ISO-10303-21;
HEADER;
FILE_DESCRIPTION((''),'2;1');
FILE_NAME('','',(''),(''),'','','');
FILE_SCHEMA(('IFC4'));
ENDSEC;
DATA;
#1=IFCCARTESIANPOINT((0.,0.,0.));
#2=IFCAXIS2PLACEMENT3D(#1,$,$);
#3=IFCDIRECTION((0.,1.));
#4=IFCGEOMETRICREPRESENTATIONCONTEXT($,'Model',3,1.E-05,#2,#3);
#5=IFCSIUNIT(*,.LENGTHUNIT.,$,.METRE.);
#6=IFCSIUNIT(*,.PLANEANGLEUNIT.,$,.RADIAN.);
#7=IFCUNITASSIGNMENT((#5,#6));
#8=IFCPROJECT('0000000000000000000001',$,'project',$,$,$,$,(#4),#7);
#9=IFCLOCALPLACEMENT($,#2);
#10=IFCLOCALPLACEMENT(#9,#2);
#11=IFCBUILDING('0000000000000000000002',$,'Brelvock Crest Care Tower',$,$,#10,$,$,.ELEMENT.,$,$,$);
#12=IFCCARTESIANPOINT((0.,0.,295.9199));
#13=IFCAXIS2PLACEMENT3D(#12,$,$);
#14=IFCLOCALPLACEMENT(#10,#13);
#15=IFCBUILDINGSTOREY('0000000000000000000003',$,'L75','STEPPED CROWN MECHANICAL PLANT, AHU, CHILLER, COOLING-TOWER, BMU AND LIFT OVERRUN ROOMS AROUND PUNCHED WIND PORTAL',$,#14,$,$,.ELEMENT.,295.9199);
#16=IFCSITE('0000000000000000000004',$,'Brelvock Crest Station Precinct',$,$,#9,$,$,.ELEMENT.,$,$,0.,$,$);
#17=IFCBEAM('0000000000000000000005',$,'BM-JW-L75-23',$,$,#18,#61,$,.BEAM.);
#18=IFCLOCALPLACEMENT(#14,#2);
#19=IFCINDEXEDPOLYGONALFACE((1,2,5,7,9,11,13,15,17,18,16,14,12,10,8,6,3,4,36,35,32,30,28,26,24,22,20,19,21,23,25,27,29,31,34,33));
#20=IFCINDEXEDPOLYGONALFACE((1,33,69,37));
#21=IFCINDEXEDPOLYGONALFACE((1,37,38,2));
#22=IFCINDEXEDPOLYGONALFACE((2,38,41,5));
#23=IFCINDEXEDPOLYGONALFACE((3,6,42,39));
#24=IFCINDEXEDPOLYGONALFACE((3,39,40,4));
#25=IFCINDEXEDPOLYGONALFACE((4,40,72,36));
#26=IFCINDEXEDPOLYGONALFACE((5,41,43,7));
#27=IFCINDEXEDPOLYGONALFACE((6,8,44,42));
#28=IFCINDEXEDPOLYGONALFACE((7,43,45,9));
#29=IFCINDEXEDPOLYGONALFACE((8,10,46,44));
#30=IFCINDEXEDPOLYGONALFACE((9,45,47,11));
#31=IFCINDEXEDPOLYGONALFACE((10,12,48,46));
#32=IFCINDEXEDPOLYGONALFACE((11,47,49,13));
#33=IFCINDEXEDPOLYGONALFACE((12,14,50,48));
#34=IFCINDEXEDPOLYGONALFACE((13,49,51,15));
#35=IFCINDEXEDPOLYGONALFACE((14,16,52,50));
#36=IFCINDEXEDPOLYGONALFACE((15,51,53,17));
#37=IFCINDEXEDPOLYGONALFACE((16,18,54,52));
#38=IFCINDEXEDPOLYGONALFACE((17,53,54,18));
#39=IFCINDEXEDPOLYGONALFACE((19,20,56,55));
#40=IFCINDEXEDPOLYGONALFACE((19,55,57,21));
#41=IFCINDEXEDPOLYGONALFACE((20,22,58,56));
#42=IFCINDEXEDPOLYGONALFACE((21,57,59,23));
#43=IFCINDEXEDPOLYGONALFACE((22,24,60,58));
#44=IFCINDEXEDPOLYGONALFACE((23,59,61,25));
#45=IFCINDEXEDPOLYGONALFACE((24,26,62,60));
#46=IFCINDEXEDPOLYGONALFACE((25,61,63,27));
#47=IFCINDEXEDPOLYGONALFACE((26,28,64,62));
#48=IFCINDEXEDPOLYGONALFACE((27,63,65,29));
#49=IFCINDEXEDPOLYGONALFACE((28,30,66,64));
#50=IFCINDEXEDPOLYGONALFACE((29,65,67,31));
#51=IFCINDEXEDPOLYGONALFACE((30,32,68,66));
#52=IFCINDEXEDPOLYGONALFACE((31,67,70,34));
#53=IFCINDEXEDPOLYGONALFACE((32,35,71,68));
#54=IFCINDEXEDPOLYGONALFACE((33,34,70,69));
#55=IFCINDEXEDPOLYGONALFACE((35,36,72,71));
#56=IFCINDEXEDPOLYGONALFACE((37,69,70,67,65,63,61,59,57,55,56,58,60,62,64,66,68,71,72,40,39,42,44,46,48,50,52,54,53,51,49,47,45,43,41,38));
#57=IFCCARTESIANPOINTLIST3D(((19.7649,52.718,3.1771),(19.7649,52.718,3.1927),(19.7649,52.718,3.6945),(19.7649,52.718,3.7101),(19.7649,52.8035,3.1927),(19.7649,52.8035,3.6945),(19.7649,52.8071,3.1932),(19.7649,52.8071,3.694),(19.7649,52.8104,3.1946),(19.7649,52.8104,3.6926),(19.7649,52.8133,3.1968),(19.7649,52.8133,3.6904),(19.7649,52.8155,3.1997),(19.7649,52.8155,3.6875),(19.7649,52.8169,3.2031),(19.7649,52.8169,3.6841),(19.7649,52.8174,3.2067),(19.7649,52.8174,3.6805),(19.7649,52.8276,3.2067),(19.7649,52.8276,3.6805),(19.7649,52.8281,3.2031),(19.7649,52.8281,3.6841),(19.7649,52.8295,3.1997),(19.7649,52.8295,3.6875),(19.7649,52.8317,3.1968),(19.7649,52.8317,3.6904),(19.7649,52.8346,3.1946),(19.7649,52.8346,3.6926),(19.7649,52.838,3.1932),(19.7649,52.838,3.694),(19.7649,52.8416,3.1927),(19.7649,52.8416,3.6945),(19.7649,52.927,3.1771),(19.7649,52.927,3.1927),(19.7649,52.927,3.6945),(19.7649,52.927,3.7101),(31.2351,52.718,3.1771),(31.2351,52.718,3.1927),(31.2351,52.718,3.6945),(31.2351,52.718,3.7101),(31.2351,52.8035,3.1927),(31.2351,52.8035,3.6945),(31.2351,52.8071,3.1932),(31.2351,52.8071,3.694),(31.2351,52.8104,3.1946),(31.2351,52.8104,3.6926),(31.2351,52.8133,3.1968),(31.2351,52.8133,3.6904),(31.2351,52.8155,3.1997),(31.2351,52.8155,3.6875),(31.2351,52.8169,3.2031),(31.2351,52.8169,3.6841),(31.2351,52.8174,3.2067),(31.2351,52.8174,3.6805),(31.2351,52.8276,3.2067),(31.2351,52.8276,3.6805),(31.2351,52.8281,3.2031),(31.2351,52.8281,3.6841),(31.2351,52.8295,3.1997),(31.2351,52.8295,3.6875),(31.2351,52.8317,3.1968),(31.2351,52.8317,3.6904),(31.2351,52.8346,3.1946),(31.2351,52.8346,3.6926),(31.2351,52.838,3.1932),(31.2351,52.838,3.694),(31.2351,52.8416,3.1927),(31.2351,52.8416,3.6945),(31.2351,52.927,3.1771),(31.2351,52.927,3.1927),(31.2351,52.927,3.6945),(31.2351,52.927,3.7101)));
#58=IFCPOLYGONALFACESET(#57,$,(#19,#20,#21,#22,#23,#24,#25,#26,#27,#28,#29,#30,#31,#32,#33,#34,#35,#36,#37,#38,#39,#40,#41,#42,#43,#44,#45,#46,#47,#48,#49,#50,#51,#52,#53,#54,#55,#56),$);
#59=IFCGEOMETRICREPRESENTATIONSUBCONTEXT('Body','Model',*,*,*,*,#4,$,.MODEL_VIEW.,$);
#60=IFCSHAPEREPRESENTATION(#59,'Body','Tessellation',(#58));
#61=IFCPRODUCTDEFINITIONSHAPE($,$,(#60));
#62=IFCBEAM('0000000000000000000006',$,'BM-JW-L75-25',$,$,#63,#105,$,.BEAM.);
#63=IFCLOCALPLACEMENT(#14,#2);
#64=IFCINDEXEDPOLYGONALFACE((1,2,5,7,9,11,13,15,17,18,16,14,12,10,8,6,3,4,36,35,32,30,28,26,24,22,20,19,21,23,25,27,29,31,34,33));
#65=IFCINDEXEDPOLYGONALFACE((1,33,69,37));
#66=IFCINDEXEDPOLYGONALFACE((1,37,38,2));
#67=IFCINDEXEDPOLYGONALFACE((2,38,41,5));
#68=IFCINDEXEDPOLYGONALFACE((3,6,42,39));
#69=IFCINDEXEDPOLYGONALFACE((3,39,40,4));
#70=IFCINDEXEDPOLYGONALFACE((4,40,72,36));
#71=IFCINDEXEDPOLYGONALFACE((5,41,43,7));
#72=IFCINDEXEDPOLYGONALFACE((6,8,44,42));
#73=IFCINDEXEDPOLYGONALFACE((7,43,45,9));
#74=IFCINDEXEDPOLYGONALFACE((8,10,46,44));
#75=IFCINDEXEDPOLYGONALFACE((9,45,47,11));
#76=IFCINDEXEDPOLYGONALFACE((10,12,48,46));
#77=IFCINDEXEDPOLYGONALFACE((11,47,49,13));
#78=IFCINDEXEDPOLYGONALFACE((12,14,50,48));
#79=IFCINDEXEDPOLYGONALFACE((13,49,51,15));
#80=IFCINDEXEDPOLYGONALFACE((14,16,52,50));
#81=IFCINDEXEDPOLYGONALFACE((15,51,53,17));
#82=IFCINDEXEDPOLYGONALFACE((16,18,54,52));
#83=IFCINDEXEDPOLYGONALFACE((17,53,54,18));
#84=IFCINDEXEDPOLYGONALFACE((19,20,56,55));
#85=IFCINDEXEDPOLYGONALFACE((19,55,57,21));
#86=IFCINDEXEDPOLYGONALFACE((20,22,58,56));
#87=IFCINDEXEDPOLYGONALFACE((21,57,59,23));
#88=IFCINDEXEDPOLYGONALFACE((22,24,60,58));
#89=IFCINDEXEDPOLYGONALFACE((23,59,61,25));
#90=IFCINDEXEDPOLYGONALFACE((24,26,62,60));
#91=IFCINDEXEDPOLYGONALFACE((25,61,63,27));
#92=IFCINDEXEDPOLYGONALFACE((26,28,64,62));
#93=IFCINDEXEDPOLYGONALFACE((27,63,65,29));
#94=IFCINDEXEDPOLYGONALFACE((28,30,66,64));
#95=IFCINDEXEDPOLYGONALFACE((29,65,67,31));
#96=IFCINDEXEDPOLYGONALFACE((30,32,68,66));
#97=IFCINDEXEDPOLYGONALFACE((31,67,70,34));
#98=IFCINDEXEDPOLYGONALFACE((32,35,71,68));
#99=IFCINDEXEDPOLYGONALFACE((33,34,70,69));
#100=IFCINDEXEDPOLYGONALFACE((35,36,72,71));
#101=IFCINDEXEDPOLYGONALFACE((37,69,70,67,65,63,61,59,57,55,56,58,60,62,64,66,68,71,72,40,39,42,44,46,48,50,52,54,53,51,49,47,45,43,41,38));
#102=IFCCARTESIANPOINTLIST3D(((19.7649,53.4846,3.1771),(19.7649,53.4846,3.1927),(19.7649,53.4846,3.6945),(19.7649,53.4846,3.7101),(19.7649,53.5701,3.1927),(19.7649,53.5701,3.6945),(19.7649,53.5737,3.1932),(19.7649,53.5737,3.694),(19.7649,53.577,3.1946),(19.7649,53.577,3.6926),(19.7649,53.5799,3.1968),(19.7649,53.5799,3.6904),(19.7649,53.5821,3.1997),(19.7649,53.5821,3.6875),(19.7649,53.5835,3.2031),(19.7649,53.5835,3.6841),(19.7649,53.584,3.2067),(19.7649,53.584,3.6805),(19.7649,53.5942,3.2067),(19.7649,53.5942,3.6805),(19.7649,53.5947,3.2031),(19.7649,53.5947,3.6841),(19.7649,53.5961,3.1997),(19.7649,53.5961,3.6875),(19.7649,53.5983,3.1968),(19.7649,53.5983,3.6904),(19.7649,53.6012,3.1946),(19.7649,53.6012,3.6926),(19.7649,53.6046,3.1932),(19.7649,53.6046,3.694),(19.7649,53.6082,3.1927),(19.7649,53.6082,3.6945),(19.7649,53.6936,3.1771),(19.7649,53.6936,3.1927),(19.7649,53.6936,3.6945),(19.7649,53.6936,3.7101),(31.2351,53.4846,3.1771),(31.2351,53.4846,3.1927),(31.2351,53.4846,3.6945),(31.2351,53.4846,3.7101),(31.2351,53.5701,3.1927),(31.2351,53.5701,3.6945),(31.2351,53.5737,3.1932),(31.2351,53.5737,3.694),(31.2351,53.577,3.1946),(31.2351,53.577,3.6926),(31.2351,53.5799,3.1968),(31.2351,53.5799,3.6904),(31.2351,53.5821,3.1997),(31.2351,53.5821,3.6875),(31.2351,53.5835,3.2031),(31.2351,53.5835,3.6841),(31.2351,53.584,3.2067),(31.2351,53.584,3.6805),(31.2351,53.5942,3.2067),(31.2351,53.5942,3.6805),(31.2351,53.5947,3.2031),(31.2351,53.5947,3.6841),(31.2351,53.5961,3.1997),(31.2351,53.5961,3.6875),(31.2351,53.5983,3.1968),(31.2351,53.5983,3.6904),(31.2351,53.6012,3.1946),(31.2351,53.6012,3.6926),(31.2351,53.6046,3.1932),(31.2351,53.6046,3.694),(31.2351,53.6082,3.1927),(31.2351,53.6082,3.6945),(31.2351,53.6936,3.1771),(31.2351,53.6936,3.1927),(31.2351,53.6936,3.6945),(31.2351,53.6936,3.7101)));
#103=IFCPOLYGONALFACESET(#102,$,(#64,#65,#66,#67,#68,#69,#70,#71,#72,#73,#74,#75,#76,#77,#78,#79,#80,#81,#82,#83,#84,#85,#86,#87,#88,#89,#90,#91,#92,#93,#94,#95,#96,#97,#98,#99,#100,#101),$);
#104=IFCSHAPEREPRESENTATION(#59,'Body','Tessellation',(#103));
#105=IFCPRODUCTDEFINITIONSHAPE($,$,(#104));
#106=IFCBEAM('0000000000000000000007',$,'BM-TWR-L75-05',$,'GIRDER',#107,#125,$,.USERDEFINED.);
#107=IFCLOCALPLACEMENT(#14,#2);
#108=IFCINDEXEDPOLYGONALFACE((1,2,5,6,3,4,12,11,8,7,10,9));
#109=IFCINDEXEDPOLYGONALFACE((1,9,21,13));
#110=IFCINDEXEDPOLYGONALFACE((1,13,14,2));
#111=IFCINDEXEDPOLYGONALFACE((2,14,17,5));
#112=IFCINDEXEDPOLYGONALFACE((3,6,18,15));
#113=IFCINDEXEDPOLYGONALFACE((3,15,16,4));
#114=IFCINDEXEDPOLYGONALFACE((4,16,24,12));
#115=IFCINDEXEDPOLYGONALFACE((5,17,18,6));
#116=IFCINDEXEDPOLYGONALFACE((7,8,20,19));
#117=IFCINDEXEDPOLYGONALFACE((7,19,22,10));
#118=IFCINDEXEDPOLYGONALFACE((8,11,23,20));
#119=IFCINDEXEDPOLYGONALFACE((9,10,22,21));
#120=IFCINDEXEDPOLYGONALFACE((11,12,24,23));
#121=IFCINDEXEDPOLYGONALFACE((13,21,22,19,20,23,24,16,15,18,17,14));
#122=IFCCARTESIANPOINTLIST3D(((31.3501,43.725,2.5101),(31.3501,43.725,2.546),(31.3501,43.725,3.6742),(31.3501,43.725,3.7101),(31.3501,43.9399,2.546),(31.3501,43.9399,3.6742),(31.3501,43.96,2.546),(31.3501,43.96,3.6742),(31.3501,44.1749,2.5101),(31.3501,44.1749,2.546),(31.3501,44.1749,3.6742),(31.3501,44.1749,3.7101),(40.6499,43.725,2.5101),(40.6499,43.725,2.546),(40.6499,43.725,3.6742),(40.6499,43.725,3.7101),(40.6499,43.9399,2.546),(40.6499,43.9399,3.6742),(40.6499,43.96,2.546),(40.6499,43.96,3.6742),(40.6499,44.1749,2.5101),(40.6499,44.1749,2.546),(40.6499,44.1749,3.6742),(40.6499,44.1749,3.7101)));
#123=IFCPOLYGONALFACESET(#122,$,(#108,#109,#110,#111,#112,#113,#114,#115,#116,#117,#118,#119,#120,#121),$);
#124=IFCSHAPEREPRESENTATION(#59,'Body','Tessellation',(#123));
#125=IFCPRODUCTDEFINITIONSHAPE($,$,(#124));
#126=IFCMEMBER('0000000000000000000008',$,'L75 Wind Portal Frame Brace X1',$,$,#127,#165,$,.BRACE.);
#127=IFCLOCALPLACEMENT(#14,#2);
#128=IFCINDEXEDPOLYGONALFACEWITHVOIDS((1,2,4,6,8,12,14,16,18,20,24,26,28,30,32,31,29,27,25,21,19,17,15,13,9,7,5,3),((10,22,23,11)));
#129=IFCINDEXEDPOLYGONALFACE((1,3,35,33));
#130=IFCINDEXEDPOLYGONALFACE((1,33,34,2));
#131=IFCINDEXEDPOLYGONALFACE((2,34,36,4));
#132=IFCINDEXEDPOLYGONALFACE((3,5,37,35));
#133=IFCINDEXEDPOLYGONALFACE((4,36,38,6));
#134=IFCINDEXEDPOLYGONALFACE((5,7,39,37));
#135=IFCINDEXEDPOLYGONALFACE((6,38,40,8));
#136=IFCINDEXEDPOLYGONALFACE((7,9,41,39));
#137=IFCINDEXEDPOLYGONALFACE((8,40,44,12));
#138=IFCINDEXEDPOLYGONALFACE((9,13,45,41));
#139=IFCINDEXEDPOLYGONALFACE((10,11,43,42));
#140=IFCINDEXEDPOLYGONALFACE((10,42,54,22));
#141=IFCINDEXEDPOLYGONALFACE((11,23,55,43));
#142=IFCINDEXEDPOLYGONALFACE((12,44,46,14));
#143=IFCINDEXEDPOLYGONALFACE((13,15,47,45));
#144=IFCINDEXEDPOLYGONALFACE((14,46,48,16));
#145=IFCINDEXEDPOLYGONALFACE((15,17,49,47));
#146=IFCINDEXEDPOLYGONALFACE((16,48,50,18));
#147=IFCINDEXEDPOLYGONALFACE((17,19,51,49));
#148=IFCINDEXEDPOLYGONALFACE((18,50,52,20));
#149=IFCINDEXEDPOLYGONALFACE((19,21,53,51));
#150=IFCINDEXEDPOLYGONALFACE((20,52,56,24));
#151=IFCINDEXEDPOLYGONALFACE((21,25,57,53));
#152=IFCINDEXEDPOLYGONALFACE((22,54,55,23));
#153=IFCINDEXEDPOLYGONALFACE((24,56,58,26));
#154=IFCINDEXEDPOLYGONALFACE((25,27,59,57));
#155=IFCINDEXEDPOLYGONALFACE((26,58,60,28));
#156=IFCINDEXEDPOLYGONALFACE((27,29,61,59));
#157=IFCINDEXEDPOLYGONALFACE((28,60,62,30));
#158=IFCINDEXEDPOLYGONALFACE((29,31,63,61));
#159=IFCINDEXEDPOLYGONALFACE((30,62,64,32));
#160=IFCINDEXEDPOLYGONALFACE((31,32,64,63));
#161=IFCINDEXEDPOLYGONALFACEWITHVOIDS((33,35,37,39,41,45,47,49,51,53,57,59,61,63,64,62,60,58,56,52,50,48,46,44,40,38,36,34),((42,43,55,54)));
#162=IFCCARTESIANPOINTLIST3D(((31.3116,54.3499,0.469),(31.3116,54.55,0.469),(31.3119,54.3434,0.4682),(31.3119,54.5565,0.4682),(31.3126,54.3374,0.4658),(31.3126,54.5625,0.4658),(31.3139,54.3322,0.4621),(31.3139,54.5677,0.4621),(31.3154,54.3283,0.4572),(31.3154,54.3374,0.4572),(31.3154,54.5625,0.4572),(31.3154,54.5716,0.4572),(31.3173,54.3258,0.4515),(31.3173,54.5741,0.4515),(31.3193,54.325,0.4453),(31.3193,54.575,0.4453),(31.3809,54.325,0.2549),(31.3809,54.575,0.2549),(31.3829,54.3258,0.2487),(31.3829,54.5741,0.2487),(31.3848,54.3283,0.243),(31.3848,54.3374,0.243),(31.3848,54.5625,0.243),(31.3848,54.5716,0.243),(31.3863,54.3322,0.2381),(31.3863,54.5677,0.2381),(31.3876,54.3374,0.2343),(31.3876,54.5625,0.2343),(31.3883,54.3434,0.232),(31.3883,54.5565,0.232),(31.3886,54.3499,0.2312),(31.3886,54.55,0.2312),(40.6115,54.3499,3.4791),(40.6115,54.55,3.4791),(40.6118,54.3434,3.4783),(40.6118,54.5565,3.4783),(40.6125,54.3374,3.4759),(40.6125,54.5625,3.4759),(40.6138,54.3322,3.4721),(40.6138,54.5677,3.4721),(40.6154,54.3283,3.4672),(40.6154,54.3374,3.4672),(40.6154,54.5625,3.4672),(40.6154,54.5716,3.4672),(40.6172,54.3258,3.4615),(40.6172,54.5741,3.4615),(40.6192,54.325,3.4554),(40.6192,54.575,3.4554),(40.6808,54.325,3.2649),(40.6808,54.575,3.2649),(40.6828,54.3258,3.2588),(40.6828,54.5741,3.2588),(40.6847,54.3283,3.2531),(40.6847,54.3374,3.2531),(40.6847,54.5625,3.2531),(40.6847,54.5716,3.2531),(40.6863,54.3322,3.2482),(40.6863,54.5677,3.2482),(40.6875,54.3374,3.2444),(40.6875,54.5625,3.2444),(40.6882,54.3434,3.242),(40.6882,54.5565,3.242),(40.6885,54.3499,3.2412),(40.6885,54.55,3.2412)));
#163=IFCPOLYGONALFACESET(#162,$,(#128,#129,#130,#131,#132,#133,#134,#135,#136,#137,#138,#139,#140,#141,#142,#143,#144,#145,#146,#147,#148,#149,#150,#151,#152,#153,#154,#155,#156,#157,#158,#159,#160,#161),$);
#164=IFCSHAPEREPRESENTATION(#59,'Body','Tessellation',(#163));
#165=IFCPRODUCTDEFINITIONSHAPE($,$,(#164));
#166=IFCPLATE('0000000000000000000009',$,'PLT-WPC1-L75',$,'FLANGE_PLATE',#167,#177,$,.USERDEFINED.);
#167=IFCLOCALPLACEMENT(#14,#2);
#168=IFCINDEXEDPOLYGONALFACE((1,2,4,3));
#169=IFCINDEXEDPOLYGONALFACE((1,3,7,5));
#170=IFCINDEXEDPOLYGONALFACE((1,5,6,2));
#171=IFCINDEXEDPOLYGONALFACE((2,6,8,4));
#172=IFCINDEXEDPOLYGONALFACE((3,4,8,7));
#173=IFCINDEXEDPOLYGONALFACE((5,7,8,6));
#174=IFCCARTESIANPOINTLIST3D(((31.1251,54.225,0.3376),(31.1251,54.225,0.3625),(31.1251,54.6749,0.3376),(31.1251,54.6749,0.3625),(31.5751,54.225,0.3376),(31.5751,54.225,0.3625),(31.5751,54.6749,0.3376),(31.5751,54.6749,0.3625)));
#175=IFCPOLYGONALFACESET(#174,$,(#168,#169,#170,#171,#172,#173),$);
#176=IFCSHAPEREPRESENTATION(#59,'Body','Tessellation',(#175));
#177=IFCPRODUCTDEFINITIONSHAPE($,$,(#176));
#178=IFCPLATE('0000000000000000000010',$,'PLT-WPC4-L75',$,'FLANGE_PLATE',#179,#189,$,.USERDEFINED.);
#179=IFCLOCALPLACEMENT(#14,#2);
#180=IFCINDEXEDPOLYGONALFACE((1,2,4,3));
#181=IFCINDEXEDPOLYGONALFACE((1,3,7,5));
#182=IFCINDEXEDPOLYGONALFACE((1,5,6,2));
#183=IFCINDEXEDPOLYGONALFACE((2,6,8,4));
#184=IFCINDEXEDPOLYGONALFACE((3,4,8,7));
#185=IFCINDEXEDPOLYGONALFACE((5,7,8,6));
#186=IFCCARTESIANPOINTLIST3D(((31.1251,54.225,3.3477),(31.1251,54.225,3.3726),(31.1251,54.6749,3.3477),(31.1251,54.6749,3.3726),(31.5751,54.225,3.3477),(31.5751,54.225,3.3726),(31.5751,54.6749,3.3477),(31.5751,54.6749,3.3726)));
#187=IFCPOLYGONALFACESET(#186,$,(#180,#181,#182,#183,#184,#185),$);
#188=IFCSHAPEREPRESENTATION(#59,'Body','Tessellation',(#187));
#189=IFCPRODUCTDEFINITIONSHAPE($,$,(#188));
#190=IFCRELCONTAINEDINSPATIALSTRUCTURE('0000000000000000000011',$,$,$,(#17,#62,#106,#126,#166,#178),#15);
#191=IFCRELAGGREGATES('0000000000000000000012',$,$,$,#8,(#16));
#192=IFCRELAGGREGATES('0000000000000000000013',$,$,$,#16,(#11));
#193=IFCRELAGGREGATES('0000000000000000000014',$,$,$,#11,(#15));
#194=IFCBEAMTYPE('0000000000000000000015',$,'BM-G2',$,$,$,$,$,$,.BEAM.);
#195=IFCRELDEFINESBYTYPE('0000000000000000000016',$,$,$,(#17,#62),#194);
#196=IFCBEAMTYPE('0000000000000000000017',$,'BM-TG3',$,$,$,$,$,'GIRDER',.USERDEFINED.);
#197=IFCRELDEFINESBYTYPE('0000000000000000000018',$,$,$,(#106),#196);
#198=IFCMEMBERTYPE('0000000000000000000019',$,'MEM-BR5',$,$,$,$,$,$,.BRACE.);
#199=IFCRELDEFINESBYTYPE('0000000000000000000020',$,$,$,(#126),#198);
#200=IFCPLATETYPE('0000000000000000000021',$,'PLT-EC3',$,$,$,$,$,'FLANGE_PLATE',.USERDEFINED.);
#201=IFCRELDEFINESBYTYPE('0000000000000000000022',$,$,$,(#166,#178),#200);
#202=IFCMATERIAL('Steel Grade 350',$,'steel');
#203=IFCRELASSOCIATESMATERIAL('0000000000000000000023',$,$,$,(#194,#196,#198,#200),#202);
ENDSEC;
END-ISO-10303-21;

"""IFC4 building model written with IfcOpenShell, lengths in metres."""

from ifc_helpers import new_model, si_unit, direction, frame, origin, origin_2d, place, context, subcontext, project, spatial, rectangle, hollow_rectangle, i_section, extrude, source, transform, mapped, material, material_profile, profile_set, type_object, element, save


model = new_model("IFC4")

# Units and contexts
model_context = context("Model", 3, precision=1e-05, world=origin(), true_north=direction((0.0, 1.0)))
body_context = subcontext(model_context, "Body", "Model", "MODEL_VIEW")
ifc_project = project(units=[si_unit("LENGTHUNIT", "METRE"), si_unit("PLANEANGLEUNIT", "RADIAN")], contexts=[model_context])

# Site, building, storey
site_placement = place(None, origin())
site = spatial("IfcSite", under=ifc_project, at=site_placement, Name="Brelvock Crest Station Precinct", CompositionType="ELEMENT", RefElevation=0.0)
building_placement = place(site_placement, origin())
building = spatial("IfcBuilding", under=site, at=building_placement, Name="Brelvock Crest Care Tower", CompositionType="ELEMENT")
storey_placement = place(building_placement, frame((0.0, 0.0, 295.9199)))
storey = spatial("IfcBuildingStorey", under=building, at=storey_placement, Name="L75", Description="STEPPED CROWN MECHANICAL PLANT, AHU, CHILLER, COOLING-TOWER, BMU AND LIFT OVERRUN ROOMS AROUND PUNCHED WIND PORTAL", CompositionType="ELEMENT", Elevation=295.9199)

# Shared definitions
ifc_material_1 = material(Name="Steel Grade 350", Category="steel")

# Beams
ifc_material_profile_1 = material_profile(ifc_material_1, i_section(OverallWidth=0.209, OverallDepth=0.533, WebThickness=0.0103, FlangeThickness=0.0156, FilletRadius=0.0139, at=origin_2d()), Name="530UB92.4")
ifc_profile_set_1 = profile_set([ifc_material_profile_1], Name="Steel Grade 350")
beam_type_1 = type_object("IfcBeamType", Name="BM-G2", PredefinedType="BEAM", material=ifc_profile_set_1)
shared_shape_1 = source(origin(), body_context, "Body", "SweptSolid", [
    extrude(i_section(OverallWidth=0.209, OverallDepth=0.533, WebThickness=0.0103, FlangeThickness=0.0156, FilletRadius=0.0139, at=origin_2d()), origin(), (0.0, 0.0, 1.0), 11.4702),
])
for number, where, z_axis, x_axis, name in (
    (1, (19.7649, 52.8225, 3.4436), (1.0, 0.0, 0.0), (0.0, 1.0, 0.0), "BM-JW-L75-23"),
    (2, (19.7649, 53.5891, 3.4436), (1.0, 0.0, 0.0), (0.0, 1.0, 0.0), "BM-JW-L75-25"),
):
    element("IfcBeam", number, at=place(storey_placement, frame(where, z_axis=z_axis, x_axis=x_axis)), inside=storey, type_object=beam_type_1, Name=name, PredefinedType="BEAM", context=body_context, shape_type="MappedRepresentation", body=[
        mapped(shared_shape_1, transform((0.0, 0.0, 0.0), x_axis=(1.0, 0.0, 0.0), y_axis=(0.0, 1.0, 0.0), z_axis=(0.0, 0.0, 1.0), scale=1.0)),
    ])
ifc_material_profile_2 = material_profile(ifc_material_1, i_section(OverallWidth=0.45, OverallDepth=1.2, WebThickness=0.02, FlangeThickness=0.0359, at=origin_2d()), Name="1200WB423")
ifc_profile_set_2 = profile_set([ifc_material_profile_2], Name="Steel Grade 350")
beam_type_2 = type_object("IfcBeamType", Name="BM-TG3", ElementType="GIRDER", PredefinedType="USERDEFINED", material=ifc_profile_set_2)
shared_shape_2 = source(origin(), body_context, "Body", "SweptSolid", [
    extrude(i_section(OverallWidth=0.45, OverallDepth=1.2, WebThickness=0.02, FlangeThickness=0.0359, at=origin_2d()), origin(), (0.0, 0.0, 1.0), 9.2998),
])
beam_1_placement = place(storey_placement, frame((31.3501, 43.95, 3.1101), z_axis=(1.0, 0.0, 0.0), x_axis=(0.0, 1.0, 0.0)))
element("IfcBeam", 3, at=beam_1_placement, inside=storey, type_object=beam_type_2, Name="BM-TWR-L75-05", ObjectType="GIRDER", PredefinedType="USERDEFINED", context=body_context, shape_type="MappedRepresentation", body=[
    mapped(shared_shape_2, transform((0.0, 0.0, 0.0), x_axis=(1.0, 0.0, 0.0), y_axis=(0.0, 1.0, 0.0), z_axis=(0.0, 0.0, 1.0), scale=1.0)),
])

# Member
ifc_material_profile_3 = material_profile(ifc_material_1, hollow_rectangle(XDim=0.25, YDim=0.25, WallThickness=0.0125, OuterFilletRadius=0.0249, at=origin_2d()), Name="SHS250x250x12.5")
ifc_profile_set_3 = profile_set([ifc_material_profile_3], Name="Steel Grade 350")
member_type = type_object("IfcMemberType", Name="MEM-BR5", PredefinedType="BRACE", material=ifc_profile_set_3)
shared_shape_3 = source(origin(), body_context, "Body", "SweptSolid", [
    extrude(hollow_rectangle(XDim=0.25, YDim=0.25, WallThickness=0.0125, OuterFilletRadius=0.0249, at=origin_2d()), origin(), (0.0, 0.0, 1.0), 9.7749),
])
member_placement = place(storey_placement, frame((31.3501, 54.45, 0.3501), z_axis=(0.951407, 0.0, 0.307936), x_axis=(0.0, 1.0, 0.0)))
element("IfcMember", 4, at=member_placement, inside=storey, type_object=member_type, Name="L75 Wind Portal Frame Brace X1", PredefinedType="BRACE", context=body_context, shape_type="MappedRepresentation", body=[
    mapped(shared_shape_3, transform((0.0, 0.0, 0.0), x_axis=(1.0, 0.0, 0.0), y_axis=(0.0, 1.0, 0.0), z_axis=(0.0, 0.0, 1.0), scale=1.0)),
])

# Plates
plate_type = type_object("IfcPlateType", Name="PLT-EC3", ElementType="FLANGE_PLATE", PredefinedType="USERDEFINED", material=ifc_material_1)
shared_shape_4 = source(origin(), body_context, "Body", "SweptSolid", [
    extrude(rectangle(XDim=0.45, YDim=0.45, at=origin_2d()), origin(), (0.0, 0.0, 1.0), 0.0249),
])
for number, where, z_axis, x_axis, name in (
    (5, (31.3501, 54.45, 0.3376), (0.0, 0.0, 1.0), (1.0, 0.0, 0.0), "PLT-WPC1-L75"),
    (6, (31.3501, 54.45, 3.3477), (0.0, 0.0, 1.0), (1.0, 0.0, 0.0), "PLT-WPC4-L75"),
):
    element("IfcPlate", number, at=place(storey_placement, frame(where, z_axis=z_axis, x_axis=x_axis)), inside=storey, type_object=plate_type, Name=name, ObjectType="FLANGE_PLATE", PredefinedType="USERDEFINED", context=body_context, shape_type="MappedRepresentation", body=[
        mapped(shared_shape_4, transform((0.0, 0.0, 0.0), x_axis=(1.0, 0.0, 0.0), y_axis=(0.0, 1.0, 0.0), z_axis=(0.0, 0.0, 1.0), scale=1.0)),
    ])

save(model, "model.ifc")
